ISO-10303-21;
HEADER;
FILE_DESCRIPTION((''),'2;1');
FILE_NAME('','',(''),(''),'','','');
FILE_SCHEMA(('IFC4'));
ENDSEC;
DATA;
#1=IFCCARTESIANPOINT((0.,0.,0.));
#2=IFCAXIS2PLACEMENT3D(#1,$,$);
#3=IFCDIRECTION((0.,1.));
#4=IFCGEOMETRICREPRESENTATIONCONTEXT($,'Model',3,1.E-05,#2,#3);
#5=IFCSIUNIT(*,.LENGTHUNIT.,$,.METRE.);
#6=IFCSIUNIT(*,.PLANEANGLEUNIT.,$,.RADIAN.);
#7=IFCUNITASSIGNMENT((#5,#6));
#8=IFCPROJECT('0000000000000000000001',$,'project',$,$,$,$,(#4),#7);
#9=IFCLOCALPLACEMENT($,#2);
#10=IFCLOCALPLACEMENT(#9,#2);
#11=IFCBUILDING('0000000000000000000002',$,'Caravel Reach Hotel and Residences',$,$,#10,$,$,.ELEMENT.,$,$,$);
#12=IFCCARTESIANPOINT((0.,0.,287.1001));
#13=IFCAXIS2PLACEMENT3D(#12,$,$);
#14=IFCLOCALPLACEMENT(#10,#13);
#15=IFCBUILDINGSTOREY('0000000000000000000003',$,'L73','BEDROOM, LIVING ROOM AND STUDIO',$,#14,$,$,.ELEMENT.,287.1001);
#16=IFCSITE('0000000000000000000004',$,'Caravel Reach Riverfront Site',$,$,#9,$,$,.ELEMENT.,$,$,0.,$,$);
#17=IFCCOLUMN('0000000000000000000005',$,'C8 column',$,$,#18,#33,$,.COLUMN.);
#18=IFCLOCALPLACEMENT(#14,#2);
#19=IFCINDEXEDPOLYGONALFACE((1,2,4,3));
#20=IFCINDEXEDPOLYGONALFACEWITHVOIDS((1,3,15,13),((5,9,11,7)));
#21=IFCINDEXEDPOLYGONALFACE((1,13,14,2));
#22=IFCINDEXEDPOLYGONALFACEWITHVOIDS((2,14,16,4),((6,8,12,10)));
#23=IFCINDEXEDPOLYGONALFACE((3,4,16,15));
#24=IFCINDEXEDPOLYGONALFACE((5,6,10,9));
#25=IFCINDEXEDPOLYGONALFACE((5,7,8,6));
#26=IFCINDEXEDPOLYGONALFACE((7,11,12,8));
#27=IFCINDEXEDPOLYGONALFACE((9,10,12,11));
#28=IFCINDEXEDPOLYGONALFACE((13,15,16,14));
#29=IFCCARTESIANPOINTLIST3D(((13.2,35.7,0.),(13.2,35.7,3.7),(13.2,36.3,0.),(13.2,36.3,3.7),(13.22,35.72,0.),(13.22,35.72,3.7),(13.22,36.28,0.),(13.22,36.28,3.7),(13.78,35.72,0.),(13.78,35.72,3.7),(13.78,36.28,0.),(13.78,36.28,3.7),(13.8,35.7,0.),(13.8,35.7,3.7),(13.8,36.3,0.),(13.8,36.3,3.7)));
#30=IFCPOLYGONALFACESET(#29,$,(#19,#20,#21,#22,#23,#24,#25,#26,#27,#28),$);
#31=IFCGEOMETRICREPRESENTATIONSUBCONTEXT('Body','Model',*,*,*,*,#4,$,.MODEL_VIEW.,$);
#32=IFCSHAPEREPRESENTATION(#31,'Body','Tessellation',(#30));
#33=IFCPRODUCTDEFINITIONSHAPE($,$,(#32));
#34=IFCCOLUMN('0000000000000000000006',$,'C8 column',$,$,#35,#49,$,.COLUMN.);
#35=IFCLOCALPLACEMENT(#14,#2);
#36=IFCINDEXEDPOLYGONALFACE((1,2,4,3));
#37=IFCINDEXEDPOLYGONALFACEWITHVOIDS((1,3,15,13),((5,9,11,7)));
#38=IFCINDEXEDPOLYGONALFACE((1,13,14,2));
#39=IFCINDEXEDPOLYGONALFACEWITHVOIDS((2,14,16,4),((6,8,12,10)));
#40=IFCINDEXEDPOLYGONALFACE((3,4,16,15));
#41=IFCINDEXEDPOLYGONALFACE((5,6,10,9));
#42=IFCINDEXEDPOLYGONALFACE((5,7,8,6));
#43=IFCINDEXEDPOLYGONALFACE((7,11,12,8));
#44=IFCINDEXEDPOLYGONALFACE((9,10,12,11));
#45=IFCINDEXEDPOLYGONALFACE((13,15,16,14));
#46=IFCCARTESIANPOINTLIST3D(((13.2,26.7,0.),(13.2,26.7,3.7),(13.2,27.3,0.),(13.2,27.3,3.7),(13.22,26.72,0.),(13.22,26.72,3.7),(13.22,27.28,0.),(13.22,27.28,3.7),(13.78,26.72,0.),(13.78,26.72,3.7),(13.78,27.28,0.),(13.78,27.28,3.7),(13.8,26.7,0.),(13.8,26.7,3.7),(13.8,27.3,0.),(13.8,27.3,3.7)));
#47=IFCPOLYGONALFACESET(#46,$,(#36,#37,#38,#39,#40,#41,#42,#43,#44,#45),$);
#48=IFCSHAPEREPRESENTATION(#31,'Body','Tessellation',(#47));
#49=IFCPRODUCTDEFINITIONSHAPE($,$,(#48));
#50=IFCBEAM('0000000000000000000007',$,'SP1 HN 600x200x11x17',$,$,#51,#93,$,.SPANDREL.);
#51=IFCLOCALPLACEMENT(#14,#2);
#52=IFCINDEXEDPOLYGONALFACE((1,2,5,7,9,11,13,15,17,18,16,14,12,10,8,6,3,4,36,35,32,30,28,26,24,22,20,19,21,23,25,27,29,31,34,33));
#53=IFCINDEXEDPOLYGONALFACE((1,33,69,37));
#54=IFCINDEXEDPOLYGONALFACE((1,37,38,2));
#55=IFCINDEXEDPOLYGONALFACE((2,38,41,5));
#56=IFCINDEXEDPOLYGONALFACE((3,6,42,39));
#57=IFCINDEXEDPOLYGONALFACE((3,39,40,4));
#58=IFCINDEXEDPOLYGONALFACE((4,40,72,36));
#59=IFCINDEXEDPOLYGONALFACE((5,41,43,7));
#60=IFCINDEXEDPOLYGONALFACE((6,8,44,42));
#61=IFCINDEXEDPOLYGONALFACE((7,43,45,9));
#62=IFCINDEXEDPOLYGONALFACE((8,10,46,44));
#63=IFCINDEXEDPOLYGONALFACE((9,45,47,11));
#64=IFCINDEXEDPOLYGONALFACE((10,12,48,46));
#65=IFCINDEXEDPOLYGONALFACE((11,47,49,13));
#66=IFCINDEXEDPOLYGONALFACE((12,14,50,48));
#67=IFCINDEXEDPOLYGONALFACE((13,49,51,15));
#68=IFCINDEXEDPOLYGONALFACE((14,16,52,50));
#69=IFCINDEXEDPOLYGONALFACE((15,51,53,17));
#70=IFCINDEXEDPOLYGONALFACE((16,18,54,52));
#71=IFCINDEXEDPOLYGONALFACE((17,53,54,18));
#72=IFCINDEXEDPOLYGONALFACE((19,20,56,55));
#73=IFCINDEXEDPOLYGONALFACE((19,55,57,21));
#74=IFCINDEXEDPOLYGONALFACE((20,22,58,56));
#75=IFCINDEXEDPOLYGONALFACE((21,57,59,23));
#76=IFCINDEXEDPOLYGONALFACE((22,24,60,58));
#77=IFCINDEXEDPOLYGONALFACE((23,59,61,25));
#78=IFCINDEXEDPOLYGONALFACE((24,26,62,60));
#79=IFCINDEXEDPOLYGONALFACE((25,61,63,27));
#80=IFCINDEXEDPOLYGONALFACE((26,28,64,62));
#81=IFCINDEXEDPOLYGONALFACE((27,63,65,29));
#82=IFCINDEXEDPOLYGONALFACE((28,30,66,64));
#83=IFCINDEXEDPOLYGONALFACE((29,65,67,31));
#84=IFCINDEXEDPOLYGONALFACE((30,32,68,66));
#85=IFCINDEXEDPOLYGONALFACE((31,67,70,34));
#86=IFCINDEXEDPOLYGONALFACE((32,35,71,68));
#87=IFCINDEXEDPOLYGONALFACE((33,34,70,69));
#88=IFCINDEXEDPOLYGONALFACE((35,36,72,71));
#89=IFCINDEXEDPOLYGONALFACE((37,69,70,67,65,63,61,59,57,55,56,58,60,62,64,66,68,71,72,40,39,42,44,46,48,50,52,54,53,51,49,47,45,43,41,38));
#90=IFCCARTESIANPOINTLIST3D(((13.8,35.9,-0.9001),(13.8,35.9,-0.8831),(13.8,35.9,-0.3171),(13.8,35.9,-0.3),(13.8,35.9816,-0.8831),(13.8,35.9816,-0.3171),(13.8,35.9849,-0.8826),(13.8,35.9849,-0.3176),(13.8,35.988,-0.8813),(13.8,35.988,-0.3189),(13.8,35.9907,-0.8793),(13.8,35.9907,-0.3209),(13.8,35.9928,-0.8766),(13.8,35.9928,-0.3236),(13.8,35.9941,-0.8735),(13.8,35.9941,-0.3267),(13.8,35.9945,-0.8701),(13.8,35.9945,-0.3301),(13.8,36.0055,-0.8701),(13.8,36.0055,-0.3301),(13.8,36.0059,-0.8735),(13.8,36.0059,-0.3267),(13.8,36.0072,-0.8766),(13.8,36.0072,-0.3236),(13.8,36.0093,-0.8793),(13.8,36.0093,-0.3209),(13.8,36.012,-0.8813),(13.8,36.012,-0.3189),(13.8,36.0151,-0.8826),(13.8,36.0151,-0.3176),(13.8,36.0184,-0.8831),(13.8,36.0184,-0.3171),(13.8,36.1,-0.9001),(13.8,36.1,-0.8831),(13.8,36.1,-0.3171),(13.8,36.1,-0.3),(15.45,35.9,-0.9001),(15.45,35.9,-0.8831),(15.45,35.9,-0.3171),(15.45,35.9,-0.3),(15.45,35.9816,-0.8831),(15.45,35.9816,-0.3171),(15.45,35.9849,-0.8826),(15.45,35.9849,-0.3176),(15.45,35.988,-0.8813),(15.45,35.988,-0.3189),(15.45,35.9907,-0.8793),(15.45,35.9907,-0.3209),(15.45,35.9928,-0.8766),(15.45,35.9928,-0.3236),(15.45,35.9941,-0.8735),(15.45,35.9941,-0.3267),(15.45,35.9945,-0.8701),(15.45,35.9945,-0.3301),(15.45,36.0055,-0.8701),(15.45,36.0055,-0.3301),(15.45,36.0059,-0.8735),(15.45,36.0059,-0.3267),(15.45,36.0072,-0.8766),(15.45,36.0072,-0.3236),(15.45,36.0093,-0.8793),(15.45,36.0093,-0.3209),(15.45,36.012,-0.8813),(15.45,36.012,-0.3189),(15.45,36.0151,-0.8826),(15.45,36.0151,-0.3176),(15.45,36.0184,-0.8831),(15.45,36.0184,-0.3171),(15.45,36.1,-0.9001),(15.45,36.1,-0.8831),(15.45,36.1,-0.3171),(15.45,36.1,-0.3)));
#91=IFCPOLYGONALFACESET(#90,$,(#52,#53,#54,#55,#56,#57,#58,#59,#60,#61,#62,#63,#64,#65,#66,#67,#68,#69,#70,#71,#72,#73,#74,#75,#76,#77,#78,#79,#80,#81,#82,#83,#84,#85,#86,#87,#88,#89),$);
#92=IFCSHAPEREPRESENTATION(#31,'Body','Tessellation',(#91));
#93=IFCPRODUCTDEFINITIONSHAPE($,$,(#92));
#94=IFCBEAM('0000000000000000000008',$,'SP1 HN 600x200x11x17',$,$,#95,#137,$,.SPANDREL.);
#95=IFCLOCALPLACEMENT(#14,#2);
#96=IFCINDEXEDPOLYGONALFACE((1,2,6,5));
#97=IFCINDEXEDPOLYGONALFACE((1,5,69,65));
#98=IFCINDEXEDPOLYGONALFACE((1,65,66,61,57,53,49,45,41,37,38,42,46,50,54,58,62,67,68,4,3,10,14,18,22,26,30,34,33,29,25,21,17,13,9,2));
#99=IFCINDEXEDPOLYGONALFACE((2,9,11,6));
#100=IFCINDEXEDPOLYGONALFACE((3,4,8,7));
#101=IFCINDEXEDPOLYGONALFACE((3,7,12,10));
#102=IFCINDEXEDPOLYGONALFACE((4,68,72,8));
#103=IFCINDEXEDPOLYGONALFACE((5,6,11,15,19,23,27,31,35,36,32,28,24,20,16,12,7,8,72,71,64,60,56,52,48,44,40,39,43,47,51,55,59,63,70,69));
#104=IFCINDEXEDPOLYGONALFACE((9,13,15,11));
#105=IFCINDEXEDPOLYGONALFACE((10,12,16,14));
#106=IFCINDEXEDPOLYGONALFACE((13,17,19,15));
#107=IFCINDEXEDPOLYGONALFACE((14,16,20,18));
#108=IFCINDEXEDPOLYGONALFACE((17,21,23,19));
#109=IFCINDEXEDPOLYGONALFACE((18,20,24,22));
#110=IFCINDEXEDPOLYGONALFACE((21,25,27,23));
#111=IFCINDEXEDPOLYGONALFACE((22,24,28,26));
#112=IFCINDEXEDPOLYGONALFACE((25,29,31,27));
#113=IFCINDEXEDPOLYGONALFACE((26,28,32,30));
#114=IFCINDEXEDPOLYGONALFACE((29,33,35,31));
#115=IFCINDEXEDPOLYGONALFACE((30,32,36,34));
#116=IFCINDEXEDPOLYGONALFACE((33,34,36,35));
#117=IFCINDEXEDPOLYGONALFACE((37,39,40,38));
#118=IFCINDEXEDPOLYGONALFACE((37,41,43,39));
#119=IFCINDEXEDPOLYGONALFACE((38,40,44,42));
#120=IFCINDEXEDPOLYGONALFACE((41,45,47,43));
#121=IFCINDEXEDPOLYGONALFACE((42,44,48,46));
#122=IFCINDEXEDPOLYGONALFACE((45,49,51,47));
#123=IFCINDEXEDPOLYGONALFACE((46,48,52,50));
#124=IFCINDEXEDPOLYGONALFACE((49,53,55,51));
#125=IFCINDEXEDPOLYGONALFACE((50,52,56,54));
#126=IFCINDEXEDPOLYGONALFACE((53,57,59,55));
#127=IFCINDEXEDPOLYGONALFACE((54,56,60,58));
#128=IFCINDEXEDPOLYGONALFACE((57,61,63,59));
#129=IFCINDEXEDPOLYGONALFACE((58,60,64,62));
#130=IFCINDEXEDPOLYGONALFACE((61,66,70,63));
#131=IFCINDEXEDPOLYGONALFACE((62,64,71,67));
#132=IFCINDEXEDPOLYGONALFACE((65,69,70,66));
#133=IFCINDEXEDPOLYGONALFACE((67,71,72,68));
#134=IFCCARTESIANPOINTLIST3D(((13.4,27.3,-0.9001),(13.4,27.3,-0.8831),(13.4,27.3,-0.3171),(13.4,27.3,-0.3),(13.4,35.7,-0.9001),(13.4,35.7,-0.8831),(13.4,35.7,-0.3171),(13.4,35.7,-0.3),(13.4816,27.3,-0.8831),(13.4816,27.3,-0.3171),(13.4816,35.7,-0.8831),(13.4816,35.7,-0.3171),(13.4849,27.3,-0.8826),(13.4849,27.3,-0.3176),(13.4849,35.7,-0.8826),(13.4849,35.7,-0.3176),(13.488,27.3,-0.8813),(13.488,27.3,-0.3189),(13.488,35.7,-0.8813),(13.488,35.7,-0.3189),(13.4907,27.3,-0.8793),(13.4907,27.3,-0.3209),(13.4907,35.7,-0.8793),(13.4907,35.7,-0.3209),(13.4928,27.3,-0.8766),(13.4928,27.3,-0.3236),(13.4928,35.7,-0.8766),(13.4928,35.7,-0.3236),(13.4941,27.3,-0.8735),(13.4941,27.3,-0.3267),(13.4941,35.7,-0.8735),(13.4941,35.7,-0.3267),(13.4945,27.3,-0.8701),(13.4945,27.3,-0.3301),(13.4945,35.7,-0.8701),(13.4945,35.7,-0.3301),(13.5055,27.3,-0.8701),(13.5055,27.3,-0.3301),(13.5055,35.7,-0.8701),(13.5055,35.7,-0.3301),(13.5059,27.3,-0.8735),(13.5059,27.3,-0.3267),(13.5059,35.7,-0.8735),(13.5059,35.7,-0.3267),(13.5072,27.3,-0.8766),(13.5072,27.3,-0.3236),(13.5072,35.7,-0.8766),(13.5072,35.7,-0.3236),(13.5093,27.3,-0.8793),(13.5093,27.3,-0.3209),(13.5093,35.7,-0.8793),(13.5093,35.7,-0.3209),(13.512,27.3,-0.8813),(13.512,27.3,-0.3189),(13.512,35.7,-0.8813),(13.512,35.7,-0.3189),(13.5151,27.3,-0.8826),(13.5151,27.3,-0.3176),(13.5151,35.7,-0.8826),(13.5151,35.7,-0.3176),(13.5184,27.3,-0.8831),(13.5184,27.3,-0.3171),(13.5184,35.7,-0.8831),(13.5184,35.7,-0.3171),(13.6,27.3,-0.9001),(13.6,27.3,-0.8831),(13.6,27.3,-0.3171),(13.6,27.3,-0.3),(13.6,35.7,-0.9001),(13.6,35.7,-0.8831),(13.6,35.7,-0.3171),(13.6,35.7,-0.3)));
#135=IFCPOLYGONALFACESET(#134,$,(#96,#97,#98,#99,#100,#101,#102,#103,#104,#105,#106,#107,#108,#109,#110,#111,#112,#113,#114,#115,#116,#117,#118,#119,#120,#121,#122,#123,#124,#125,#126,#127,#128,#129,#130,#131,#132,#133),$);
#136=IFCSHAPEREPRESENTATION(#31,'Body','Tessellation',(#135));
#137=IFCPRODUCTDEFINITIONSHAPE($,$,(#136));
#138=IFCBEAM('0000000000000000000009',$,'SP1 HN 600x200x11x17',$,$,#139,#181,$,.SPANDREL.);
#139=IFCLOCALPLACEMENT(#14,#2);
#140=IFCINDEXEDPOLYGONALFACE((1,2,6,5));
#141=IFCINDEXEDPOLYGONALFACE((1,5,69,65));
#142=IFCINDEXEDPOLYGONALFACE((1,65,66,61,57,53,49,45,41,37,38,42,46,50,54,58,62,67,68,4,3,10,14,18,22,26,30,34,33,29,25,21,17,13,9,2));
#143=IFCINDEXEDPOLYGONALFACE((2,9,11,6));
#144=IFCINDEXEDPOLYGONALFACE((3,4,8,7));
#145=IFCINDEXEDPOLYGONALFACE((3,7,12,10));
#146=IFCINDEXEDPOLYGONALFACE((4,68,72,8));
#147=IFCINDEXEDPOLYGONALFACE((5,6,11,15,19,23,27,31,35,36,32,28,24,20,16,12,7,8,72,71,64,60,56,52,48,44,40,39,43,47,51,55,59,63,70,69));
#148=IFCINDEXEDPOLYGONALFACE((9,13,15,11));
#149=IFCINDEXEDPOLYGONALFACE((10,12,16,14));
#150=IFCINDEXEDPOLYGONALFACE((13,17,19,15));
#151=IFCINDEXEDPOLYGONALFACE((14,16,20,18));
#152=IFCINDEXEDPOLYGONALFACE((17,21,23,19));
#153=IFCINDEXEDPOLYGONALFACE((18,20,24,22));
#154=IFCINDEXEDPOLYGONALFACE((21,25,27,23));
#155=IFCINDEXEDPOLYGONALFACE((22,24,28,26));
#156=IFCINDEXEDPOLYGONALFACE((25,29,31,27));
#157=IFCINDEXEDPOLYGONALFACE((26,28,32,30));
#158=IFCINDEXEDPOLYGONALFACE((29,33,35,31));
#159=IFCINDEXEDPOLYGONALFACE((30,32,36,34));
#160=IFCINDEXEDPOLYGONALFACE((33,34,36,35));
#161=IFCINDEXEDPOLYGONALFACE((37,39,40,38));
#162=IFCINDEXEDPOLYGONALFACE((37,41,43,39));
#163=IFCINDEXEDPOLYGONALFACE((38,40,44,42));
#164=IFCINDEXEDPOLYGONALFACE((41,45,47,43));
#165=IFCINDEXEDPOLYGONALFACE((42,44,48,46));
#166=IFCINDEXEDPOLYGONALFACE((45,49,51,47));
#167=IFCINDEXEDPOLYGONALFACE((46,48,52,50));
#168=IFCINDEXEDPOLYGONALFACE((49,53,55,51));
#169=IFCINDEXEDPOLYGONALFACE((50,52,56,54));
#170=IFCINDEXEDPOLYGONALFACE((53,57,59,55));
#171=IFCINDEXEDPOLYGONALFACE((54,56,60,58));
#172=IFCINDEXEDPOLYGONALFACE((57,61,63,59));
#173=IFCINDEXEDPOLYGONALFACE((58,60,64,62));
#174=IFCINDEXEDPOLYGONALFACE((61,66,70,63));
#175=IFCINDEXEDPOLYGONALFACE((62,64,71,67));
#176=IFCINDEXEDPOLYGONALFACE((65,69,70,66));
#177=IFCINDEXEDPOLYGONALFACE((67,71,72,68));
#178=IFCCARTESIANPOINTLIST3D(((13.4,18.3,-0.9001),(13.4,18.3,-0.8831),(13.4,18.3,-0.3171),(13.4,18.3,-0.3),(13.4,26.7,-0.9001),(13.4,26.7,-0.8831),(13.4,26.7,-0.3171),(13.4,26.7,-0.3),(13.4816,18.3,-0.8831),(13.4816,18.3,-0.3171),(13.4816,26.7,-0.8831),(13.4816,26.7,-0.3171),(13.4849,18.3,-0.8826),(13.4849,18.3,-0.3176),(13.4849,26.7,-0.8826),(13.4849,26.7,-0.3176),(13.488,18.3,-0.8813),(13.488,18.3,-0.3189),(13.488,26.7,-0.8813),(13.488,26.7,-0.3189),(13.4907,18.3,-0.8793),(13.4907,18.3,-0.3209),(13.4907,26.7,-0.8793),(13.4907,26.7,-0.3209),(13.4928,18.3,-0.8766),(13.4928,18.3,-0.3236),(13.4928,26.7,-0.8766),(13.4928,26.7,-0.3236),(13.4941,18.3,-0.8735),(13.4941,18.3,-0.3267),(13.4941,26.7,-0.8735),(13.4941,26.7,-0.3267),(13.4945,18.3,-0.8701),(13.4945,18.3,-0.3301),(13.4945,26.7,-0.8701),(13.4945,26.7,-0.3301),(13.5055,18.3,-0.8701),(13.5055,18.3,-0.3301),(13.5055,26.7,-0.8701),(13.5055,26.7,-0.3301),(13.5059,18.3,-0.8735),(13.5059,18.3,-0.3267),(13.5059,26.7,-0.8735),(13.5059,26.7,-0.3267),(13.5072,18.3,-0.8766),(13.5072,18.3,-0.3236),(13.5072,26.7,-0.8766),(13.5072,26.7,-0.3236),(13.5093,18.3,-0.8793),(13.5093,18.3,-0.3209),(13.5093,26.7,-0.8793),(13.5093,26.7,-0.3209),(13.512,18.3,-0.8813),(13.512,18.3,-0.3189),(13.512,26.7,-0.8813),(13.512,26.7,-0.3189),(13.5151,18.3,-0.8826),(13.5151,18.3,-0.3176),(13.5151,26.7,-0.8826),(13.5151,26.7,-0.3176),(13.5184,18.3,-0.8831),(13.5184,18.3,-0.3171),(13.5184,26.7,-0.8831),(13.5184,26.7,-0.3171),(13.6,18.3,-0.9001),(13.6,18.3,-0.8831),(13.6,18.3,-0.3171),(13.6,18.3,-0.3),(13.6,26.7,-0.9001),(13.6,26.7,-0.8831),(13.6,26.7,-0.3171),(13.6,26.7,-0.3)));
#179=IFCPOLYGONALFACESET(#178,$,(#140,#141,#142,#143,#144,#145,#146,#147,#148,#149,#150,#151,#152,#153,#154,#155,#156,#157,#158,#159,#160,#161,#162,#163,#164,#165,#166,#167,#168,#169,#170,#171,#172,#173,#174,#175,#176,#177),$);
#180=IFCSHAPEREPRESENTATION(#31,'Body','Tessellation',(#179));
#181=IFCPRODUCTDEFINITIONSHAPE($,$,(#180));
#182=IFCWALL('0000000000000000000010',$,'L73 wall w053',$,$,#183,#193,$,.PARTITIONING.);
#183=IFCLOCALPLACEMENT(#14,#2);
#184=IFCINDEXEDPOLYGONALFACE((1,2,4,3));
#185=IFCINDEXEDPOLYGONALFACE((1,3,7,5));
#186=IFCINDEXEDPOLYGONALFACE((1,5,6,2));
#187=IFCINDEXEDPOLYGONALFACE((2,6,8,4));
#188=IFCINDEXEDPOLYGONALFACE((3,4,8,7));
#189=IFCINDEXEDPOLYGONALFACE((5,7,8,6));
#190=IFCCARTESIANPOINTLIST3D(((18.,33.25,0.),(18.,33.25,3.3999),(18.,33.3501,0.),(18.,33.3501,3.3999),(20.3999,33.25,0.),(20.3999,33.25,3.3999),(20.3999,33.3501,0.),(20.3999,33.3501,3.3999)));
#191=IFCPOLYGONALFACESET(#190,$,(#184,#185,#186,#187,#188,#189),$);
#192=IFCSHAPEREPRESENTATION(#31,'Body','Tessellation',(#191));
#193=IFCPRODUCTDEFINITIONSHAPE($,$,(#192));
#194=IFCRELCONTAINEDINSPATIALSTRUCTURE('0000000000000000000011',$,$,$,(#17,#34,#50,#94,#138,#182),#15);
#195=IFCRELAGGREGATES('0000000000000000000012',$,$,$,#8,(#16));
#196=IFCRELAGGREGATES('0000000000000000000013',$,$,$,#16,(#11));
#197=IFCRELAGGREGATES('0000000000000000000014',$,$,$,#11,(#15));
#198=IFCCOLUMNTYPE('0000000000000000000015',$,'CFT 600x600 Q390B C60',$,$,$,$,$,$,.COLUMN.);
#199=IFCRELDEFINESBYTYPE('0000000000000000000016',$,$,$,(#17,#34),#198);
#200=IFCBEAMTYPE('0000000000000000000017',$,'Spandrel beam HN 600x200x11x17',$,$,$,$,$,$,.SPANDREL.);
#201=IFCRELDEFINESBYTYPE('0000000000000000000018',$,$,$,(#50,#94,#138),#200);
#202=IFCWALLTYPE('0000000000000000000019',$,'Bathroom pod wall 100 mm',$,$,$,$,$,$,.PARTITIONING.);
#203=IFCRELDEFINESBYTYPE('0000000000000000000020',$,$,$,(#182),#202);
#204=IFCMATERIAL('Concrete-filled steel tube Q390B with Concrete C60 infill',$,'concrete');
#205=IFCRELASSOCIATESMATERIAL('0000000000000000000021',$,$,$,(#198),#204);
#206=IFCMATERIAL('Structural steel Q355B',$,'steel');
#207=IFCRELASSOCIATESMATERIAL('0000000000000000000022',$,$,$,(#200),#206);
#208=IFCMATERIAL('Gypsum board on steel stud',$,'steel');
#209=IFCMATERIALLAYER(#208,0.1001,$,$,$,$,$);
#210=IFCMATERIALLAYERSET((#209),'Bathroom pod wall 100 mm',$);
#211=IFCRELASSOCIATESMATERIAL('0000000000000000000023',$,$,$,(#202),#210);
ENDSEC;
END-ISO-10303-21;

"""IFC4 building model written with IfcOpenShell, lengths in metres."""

from ifc_helpers import new_model, si_unit, direction, frame, frame_2d, origin, origin_2d, place, context, subcontext, project, spatial, rectangle, hollow_rectangle, i_section, extrude, material, layer, layer_set, material_profile, profile_set, type_object, element, save


model = new_model("IFC4")

# Units and contexts
model_context = context("Model", 3, precision=1e-05, world=origin(), true_north=direction((0.0, 1.0)))
body_context = subcontext(model_context, "Body", "Model", "MODEL_VIEW")
ifc_project = project(units=[si_unit("LENGTHUNIT", "METRE"), si_unit("PLANEANGLEUNIT", "RADIAN")], contexts=[model_context])

# Site, building, storey
site_placement = place(None, origin())
site = spatial("IfcSite", under=ifc_project, at=site_placement, Name="Caravel Reach Riverfront Site", CompositionType="ELEMENT", RefElevation=0.0)
building_placement = place(site_placement, origin())
building = spatial("IfcBuilding", under=site, at=building_placement, Name="Caravel Reach Hotel and Residences", CompositionType="ELEMENT")
storey_placement = place(building_placement, frame((0.0, 0.0, 287.1001)))
storey = spatial("IfcBuildingStorey", under=building, at=storey_placement, Name="L73", Description="BEDROOM, LIVING ROOM AND STUDIO", CompositionType="ELEMENT", Elevation=287.1001)

# Columns
ifc_material_1 = material(Name="Concrete-filled steel tube Q390B with Concrete C60 infill", Category="concrete")
ifc_material_profile_1 = material_profile(ifc_material_1, hollow_rectangle(XDim=0.6001, YDim=0.6001, WallThickness=0.02, at=origin_2d()), Name="RHS 600x600x20")
ifc_profile_set_1 = profile_set([ifc_material_profile_1], Name="Concrete-filled steel tube Q390B with Concrete C60 infill")
column_type = type_object("IfcColumnType", Name="CFT 600x600 Q390B C60", PredefinedType="COLUMN", material=ifc_profile_set_1)
for number, where, z_axis, x_axis, name in (
    (1, (13.5, 36.0, 0.0), (0.0, 0.0, 1.0), (1.0, 0.0, 0.0), "C8 column"),
    (2, (13.5, 27.0, 0.0), (0.0, 0.0, 1.0), (1.0, 0.0, 0.0), "C8 column"),
):
    element("IfcColumn", number, at=place(storey_placement, frame(where, z_axis=z_axis, x_axis=x_axis)), inside=storey, type_object=column_type, Name=name, PredefinedType="COLUMN", context=body_context, shape_type="SweptSolid", body=[
        extrude(hollow_rectangle(XDim=0.6001, YDim=0.6001, WallThickness=0.02, at=origin_2d()), origin(), (0.0, 0.0, 1.0), 3.7),
    ])

# Beams
ifc_material_2 = material(Name="Structural steel Q355B", Category="steel")
ifc_material_profile_2 = material_profile(ifc_material_2, i_section(OverallWidth=0.2, OverallDepth=0.6001, WebThickness=0.011, FlangeThickness=0.0171, FilletRadius=0.0129, at=origin_2d()), Name="HN 600x200x11x17")
ifc_profile_set_2 = profile_set([ifc_material_profile_2], Name="Structural steel Q355B")
beam_type = type_object("IfcBeamType", Name="Spandrel beam HN 600x200x11x17", PredefinedType="SPANDREL", material=ifc_profile_set_2)
beam_placement = place(storey_placement, frame((15.45, 36.0, -0.6001), z_axis=(-1.0, 0.0, 0.0), x_axis=(0.0, -1.0, 0.0)))
element("IfcBeam", 3, at=beam_placement, inside=storey, type_object=beam_type, Name="SP1 HN 600x200x11x17", PredefinedType="SPANDREL", context=body_context, shape_type="SweptSolid", body=[
    extrude(i_section(OverallWidth=0.2, OverallDepth=0.6001, WebThickness=0.011, FlangeThickness=0.0171, FilletRadius=0.0129, at=origin_2d()), origin(), (0.0, 0.0, 1.0), 1.6499),
])
for number, where, z_axis, x_axis, name in (
    (4, (13.5, 35.7, -0.6001), (0.0, -1.0, 0.0), (1.0, 0.0, 0.0), "SP1 HN 600x200x11x17"),
    (5, (13.5, 26.7, -0.6001), (0.0, -1.0, 0.0), (1.0, 0.0, 0.0), "SP1 HN 600x200x11x17"),
):
    element("IfcBeam", number, at=place(storey_placement, frame(where, z_axis=z_axis, x_axis=x_axis)), inside=storey, type_object=beam_type, Name=name, PredefinedType="SPANDREL", context=body_context, shape_type="SweptSolid", body=[
        extrude(i_section(OverallWidth=0.2, OverallDepth=0.6001, WebThickness=0.011, FlangeThickness=0.0171, FilletRadius=0.0129, at=origin_2d()), origin(), (0.0, 0.0, 1.0), 8.3999),
    ])

# Wall
ifc_material_3 = material(Name="Gypsum board on steel stud", Category="steel")
ifc_layer_1 = layer(ifc_material_3, 0.1001)
ifc_layer_set_1 = layer_set([ifc_layer_1], Name="Bathroom pod wall 100 mm")
wall_type_1 = type_object("IfcWallType", Name="Bathroom pod wall 100 mm", PredefinedType="PARTITIONING", material=ifc_layer_set_1)
wall_1_placement = place(storey_placement, frame((18.0, 33.3, 0.0), z_axis=(0.0, 0.0, 1.0), x_axis=(1.0, 0.0, 0.0)))
element("IfcWall", 6, at=wall_1_placement, inside=storey, type_object=wall_type_1, Name="L73 wall w053", PredefinedType="PARTITIONING", context=body_context, shape_type="SweptSolid", body=[
    extrude(rectangle(XDim=2.3999, YDim=0.1001, at=frame_2d((1.2, 0.0))), origin(), (0.0, 0.0, 1.0), 3.3999),
])

save(model, "model.ifc")
